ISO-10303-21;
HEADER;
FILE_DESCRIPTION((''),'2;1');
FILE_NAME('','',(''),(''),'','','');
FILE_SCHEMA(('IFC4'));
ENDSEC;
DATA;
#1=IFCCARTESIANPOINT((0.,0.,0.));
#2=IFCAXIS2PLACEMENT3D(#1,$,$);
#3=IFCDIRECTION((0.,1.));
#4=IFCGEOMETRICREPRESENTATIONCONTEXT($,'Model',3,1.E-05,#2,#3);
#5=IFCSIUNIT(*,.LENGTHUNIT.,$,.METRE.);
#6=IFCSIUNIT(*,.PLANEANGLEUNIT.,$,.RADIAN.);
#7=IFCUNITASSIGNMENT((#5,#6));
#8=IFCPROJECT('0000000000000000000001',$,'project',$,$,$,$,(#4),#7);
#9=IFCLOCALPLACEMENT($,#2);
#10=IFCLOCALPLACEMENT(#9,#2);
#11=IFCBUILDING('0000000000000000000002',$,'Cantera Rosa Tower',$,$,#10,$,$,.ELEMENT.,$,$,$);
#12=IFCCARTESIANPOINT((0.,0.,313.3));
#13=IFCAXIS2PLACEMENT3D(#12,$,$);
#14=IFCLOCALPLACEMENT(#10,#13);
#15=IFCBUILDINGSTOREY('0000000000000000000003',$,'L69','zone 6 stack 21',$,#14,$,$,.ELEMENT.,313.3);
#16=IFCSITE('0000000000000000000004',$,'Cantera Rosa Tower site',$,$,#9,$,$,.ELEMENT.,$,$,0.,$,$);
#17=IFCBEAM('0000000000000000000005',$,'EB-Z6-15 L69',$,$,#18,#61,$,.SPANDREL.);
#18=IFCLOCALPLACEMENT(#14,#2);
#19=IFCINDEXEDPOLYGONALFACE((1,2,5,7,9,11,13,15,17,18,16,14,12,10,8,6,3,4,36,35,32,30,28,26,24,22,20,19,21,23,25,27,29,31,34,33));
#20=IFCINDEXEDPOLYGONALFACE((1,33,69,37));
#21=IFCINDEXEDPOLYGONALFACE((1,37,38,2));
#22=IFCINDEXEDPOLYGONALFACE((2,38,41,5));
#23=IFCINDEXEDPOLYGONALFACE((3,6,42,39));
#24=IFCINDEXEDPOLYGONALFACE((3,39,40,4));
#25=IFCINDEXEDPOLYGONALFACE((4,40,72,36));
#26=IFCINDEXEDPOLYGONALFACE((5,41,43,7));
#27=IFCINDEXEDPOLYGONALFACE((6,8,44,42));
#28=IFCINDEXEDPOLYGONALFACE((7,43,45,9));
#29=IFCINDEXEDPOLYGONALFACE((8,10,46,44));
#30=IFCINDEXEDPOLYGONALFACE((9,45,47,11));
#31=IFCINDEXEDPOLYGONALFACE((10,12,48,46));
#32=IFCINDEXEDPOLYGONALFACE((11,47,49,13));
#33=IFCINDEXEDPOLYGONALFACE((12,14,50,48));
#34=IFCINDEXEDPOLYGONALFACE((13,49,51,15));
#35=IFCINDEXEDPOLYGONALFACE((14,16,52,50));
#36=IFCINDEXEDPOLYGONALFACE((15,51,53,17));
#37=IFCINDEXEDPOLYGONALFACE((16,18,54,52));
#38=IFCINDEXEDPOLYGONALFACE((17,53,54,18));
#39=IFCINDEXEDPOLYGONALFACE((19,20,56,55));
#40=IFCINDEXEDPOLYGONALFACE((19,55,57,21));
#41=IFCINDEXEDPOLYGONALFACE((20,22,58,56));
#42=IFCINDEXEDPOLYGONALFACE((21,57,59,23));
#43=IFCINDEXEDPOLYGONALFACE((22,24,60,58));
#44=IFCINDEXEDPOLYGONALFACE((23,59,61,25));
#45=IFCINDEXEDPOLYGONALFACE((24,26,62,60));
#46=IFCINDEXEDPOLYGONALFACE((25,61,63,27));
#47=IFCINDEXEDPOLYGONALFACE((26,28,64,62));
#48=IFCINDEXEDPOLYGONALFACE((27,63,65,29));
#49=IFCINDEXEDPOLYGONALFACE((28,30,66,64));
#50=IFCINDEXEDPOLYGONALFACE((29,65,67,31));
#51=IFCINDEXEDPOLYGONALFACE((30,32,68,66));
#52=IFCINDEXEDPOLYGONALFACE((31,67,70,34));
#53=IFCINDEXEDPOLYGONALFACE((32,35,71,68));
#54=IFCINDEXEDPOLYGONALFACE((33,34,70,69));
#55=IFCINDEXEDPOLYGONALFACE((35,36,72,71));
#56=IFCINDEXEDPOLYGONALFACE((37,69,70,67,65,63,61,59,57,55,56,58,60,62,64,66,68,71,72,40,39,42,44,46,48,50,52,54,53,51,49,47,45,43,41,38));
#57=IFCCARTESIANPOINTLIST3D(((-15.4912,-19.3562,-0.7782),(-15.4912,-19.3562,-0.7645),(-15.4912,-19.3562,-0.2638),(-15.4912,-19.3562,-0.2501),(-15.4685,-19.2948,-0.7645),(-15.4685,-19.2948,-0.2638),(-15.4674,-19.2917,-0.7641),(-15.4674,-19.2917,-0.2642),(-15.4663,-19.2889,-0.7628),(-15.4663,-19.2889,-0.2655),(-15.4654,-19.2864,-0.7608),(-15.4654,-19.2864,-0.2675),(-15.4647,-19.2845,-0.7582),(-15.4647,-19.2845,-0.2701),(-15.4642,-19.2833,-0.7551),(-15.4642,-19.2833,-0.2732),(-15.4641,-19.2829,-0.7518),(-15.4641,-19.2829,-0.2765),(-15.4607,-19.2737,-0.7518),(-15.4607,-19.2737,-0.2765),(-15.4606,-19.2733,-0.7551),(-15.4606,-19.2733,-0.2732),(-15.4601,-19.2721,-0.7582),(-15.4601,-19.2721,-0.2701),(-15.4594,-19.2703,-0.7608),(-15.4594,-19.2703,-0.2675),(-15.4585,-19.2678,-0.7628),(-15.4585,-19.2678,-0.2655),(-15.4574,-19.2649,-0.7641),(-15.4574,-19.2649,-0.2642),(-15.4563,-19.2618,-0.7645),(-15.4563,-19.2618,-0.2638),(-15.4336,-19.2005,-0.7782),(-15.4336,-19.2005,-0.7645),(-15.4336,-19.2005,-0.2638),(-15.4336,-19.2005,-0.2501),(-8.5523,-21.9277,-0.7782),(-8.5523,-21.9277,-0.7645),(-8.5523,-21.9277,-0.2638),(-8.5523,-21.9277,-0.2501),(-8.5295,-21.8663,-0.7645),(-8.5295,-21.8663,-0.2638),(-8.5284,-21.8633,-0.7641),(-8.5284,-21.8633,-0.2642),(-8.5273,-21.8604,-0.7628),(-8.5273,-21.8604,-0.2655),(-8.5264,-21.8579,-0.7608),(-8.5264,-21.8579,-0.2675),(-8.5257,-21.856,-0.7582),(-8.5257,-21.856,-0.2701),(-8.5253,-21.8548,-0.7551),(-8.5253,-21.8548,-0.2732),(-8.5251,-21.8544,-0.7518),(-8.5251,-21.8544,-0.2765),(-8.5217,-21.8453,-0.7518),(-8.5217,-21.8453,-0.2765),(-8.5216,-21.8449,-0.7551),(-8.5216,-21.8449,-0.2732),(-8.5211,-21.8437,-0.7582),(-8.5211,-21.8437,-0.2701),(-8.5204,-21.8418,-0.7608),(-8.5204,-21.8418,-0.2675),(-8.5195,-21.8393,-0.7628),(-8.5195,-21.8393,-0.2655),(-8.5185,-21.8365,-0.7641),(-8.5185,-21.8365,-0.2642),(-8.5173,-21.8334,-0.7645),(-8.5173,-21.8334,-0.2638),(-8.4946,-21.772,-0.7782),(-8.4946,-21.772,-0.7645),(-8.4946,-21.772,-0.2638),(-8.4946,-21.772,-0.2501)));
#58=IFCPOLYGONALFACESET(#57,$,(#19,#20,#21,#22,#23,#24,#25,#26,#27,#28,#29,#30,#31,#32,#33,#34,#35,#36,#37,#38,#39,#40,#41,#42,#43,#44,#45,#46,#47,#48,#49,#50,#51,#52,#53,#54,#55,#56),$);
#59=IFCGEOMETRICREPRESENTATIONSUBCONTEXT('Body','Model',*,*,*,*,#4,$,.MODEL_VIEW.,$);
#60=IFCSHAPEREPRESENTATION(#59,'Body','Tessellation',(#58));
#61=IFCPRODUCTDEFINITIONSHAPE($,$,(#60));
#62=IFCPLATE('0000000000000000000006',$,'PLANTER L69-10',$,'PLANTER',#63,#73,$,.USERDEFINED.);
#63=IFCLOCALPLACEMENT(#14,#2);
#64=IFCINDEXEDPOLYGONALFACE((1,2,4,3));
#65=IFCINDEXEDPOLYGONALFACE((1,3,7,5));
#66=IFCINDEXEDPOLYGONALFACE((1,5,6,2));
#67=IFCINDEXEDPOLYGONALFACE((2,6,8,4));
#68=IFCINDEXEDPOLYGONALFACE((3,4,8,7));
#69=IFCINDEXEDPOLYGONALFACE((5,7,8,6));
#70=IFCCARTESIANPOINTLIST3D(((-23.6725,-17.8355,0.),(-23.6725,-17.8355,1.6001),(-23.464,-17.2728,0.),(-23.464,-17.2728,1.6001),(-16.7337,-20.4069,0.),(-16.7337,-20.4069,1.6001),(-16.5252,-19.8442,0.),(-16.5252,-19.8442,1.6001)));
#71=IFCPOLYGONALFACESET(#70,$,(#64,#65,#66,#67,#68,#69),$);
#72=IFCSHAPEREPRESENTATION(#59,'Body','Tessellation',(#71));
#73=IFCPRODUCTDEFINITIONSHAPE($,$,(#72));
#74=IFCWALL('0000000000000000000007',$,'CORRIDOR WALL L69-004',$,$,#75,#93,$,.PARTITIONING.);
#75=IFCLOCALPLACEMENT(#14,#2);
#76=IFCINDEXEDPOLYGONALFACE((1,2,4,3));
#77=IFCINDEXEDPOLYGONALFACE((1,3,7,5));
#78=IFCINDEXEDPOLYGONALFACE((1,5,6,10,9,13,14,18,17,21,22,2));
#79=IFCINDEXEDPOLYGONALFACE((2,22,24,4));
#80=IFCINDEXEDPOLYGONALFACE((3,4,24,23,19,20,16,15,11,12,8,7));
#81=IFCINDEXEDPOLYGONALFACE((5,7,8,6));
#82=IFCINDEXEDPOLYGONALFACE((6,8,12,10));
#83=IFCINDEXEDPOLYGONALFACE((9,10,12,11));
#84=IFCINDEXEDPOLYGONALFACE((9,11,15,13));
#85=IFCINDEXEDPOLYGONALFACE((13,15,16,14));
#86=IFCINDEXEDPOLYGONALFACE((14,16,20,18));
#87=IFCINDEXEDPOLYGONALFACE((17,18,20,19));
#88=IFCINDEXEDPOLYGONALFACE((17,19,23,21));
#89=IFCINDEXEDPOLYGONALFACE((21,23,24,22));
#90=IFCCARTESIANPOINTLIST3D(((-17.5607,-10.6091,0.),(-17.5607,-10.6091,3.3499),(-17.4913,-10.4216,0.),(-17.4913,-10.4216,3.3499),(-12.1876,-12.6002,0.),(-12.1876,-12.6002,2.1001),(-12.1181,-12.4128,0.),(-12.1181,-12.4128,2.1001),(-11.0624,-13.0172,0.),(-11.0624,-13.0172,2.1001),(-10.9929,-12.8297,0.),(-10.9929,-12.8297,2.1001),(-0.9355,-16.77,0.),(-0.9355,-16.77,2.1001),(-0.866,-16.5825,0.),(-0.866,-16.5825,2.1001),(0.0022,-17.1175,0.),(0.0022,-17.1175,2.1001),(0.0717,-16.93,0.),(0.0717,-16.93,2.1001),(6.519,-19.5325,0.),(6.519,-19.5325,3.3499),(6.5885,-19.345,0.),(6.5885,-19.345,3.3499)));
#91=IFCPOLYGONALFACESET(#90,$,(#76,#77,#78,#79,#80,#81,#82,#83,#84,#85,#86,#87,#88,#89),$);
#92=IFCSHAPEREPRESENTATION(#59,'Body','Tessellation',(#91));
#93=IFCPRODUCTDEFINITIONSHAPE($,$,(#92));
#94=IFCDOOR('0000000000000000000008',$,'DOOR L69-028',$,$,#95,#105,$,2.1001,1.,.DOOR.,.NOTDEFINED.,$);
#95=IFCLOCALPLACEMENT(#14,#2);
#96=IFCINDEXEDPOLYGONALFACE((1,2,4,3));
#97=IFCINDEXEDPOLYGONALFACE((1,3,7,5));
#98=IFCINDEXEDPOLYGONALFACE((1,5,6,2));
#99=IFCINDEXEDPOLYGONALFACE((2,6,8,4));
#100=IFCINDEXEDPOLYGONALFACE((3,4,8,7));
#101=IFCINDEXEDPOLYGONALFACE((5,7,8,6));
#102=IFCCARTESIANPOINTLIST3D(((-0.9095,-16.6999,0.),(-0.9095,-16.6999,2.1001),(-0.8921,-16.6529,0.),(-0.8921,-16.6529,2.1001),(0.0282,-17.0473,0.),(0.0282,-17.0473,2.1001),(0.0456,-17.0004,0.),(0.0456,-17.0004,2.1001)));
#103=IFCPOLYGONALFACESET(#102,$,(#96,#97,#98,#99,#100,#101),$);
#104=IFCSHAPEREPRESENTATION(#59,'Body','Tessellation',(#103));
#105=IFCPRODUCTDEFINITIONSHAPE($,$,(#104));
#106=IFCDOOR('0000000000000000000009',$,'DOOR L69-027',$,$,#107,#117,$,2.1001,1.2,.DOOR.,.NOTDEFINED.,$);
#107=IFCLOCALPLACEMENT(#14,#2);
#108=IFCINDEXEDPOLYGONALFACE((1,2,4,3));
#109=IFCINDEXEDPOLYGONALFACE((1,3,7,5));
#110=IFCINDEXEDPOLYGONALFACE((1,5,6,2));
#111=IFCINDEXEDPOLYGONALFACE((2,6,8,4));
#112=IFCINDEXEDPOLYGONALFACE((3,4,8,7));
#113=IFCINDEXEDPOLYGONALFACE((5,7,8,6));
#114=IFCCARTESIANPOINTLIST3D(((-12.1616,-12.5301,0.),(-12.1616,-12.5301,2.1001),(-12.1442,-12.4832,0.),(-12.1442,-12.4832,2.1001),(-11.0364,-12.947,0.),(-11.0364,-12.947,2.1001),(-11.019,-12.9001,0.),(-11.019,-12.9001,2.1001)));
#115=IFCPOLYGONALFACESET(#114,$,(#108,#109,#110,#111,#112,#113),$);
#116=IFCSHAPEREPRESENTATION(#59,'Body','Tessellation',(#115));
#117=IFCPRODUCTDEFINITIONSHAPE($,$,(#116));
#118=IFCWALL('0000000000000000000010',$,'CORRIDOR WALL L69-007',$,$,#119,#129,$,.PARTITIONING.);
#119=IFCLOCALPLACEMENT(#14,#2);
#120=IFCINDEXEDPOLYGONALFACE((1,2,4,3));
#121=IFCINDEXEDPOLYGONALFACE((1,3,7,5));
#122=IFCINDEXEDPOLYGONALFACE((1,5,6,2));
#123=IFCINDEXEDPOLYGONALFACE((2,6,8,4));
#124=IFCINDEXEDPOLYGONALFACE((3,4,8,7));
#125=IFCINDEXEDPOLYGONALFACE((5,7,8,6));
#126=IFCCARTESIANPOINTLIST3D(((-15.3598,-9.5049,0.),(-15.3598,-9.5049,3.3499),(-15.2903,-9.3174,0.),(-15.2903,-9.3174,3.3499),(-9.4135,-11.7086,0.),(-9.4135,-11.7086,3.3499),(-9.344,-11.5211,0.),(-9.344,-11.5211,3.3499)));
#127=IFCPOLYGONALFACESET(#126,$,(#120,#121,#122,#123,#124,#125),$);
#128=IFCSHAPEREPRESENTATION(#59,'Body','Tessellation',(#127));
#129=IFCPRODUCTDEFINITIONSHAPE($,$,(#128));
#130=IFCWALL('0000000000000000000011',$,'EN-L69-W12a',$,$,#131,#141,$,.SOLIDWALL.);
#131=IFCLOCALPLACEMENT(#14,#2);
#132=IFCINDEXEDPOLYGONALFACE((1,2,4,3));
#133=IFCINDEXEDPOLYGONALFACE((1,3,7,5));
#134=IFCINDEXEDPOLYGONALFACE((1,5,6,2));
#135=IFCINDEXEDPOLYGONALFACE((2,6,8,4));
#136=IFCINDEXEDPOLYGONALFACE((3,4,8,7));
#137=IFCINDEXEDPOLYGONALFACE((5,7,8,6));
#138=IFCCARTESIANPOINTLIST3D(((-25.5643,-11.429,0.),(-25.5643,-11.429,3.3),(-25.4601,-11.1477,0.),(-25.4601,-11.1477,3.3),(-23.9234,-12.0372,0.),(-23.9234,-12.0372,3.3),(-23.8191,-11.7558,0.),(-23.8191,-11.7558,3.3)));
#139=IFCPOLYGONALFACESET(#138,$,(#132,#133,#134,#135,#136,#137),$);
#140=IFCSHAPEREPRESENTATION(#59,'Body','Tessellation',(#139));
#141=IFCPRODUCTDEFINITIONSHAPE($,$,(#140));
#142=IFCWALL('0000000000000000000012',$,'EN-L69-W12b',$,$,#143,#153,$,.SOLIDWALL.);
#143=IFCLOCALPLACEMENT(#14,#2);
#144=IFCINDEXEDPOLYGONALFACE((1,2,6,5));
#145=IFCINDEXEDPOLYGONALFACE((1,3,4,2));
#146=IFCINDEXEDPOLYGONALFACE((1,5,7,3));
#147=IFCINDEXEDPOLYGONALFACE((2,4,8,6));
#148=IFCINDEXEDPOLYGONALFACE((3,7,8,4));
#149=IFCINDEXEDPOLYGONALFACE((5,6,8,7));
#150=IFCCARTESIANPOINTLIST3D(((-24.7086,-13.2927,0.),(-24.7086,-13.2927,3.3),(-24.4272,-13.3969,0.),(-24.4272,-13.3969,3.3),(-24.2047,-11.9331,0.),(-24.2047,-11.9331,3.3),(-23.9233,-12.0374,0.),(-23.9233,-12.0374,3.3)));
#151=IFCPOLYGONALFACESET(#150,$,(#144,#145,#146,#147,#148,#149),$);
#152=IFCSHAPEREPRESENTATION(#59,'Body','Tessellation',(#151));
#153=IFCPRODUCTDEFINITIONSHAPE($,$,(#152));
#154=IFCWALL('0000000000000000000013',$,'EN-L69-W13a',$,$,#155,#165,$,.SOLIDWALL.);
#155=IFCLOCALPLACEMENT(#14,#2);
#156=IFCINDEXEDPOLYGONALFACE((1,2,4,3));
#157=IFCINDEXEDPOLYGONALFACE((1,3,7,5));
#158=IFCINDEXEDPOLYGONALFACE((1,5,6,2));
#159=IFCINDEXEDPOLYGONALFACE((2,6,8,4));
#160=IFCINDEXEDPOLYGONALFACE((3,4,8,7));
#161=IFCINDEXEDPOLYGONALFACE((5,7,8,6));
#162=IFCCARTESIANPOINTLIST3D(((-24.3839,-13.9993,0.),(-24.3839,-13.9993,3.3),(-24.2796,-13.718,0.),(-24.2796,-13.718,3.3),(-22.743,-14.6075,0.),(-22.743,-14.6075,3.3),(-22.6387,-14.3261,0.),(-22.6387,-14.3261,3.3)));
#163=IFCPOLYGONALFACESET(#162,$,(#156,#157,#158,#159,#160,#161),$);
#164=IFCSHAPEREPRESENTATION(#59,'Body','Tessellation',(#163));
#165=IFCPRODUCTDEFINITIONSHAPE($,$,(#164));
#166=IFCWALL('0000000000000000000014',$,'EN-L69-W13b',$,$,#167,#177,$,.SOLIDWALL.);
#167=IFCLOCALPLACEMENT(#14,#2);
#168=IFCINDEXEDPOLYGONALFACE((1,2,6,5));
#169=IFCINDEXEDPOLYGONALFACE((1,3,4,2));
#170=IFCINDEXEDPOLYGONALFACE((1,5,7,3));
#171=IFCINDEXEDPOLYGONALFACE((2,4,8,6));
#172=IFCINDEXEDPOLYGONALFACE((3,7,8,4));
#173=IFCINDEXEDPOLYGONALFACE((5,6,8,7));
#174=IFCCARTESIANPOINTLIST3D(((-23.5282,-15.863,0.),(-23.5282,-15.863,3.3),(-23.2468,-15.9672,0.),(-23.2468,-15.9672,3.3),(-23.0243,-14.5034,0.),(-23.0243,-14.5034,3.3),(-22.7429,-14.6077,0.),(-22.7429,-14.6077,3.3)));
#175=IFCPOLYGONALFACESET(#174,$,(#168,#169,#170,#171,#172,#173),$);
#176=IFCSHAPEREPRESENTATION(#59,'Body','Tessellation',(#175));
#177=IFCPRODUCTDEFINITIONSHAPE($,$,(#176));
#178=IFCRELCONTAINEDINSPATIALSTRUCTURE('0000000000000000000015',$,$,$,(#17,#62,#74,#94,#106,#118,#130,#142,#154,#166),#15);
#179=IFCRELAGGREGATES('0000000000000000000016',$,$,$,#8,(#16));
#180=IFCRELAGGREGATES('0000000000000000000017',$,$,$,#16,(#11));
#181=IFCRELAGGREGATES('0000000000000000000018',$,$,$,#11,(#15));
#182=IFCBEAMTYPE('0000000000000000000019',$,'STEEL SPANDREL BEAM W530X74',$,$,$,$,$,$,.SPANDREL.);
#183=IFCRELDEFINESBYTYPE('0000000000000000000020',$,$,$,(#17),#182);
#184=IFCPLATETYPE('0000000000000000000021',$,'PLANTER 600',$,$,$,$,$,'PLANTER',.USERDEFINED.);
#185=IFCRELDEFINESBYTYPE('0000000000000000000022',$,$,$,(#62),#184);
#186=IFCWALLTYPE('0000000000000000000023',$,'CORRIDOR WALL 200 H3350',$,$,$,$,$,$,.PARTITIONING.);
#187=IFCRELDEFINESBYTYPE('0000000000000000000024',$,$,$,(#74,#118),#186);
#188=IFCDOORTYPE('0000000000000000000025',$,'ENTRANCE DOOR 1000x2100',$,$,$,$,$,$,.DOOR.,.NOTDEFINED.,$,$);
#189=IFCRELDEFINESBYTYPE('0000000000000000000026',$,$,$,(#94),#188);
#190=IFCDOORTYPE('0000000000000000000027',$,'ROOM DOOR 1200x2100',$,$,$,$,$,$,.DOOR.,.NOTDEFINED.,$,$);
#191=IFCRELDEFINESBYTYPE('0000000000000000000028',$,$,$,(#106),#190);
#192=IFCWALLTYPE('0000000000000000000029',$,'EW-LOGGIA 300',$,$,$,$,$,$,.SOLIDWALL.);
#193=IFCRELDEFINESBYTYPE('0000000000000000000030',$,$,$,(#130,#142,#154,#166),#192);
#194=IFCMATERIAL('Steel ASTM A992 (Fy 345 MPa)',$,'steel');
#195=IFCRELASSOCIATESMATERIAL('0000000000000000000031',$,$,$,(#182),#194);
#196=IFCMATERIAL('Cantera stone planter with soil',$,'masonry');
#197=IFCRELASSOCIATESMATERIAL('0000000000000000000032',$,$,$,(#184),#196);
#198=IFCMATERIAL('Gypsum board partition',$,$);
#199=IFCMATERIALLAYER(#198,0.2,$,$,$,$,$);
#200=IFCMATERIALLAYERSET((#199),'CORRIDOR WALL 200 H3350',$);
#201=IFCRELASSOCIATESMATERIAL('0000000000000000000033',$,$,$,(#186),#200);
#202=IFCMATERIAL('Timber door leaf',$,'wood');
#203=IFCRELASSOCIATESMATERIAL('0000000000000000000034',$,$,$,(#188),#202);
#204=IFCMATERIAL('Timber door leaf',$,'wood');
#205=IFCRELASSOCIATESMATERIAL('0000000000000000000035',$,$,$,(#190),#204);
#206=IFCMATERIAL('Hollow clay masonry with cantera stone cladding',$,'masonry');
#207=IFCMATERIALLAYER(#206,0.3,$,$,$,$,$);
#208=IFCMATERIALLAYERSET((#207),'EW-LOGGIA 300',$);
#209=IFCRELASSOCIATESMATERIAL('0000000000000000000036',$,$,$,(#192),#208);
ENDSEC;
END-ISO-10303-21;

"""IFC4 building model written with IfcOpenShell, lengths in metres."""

from ifc_helpers import new_model, si_unit, direction, frame, frame_2d, origin, origin_2d, place, context, subcontext, project, spatial, rectangle, i_section, extrude, material, layer, layer_set, material_profile, profile_set, type_object, element, fill, save


model = new_model("IFC4")

# Units and contexts
model_context = context("Model", 3, precision=1e-05, world=origin(), true_north=direction((0.0, 1.0)))
body_context = subcontext(model_context, "Body", "Model", "MODEL_VIEW")
ifc_project = project(units=[si_unit("LENGTHUNIT", "METRE"), si_unit("PLANEANGLEUNIT", "RADIAN")], contexts=[model_context])

# Site, building, storey
site_placement = place(None, origin())
site = spatial("IfcSite", under=ifc_project, at=site_placement, Name="Cantera Rosa Tower site", CompositionType="ELEMENT", RefElevation=0.0)
building_placement = place(site_placement, origin())
building = spatial("IfcBuilding", under=site, at=building_placement, Name="Cantera Rosa Tower", CompositionType="ELEMENT")
storey_placement = place(building_placement, frame((0.0, 0.0, 313.3)))
storey = spatial("IfcBuildingStorey", under=building, at=storey_placement, Name="L69", Description="zone 6 stack 21", CompositionType="ELEMENT", Elevation=313.3)

# Beam
ifc_material_1 = material(Name="Steel ASTM A992 (Fy 345 MPa)", Category="steel")
ifc_material_profile_1 = material_profile(ifc_material_1, i_section(OverallWidth=0.166, OverallDepth=0.5281, WebThickness=0.0098, FlangeThickness=0.0137, FilletRadius=0.0127, at=origin_2d()), Name="W530X74")
ifc_profile_set_1 = profile_set([ifc_material_profile_1], Name="Steel ASTM A992 (Fy 345 MPa)")
beam_type_1 = type_object("IfcBeamType", Name="STEEL SPANDREL BEAM W530X74", PredefinedType="SPANDREL", material=ifc_profile_set_1)
beam_1_placement = place(storey_placement, frame((-15.4624, -19.2783, -0.5142), z_axis=(0.937681, -0.347498, 0.0), x_axis=(0.347498, 0.937681, 0.0)))
element("IfcBeam", 1, at=beam_1_placement, inside=storey, type_object=beam_type_1, Name="EB-Z6-15 L69", PredefinedType="SPANDREL", context=body_context, shape_type="SweptSolid", body=[
    extrude(i_section(OverallWidth=0.166, OverallDepth=0.5281, WebThickness=0.0098, FlangeThickness=0.0137, FilletRadius=0.0127, at=origin_2d()), origin(), (0.0, 0.0, 1.0), 7.4001),
])

# Plate
ifc_material_2 = material(Name="Cantera stone planter with soil", Category="masonry")
plate_type = type_object("IfcPlateType", Name="PLANTER 600", ElementType="PLANTER", PredefinedType="USERDEFINED", material=ifc_material_2)
plate_placement = place(storey_placement, frame((-20.0989, -18.8398, 0.0), z_axis=(0.0, 0.0, 1.0), x_axis=(0.937687, -0.347481, 0.0)))
element("IfcPlate", 2, at=plate_placement, inside=storey, type_object=plate_type, Name="PLANTER L69-10", ObjectType="PLANTER", PredefinedType="USERDEFINED", context=body_context, shape_type="SweptSolid", body=[
    extrude(rectangle(XDim=7.3999, YDim=0.6001, at=origin_2d()), origin(), (0.0, 0.0, 1.0), 1.6001),
])

# Wall, openings, doors
ifc_material_3 = material(Name="Gypsum board partition")
ifc_layer_1 = layer(ifc_material_3, 0.2)
ifc_layer_set_1 = layer_set([ifc_layer_1], Name="CORRIDOR WALL 200 H3350")
wall_type_1 = type_object("IfcWallType", Name="CORRIDOR WALL 200 H3350", PredefinedType="PARTITIONING", material=ifc_layer_set_1)
wall_1_placement = place(storey_placement, frame((-17.5259, -10.5154, 0.0), z_axis=(0.0, 0.0, 1.0), x_axis=(0.937686, -0.347485, 0.0)))
wall_1 = element("IfcWall", 3, at=wall_1_placement, inside=storey, type_object=wall_type_1, Name="CORRIDOR WALL L69-004", PredefinedType="PARTITIONING", context=body_context, shape_type="SweptSolid", body=[
    extrude(rectangle(XDim=25.6799, YDim=0.2, at=frame_2d((12.8398, 0.0))), origin(), (0.0, 0.0, 1.0), 3.3499),
])
opening_1_placement = place(wall_1_placement, frame((5.73, 0.0, 0.0)))
opening_1 = element("IfcOpeningElement", 4, at=opening_1_placement, cuts=wall_1, PredefinedType="OPENING", context=body_context, shape_type="SweptSolid", body=[
    extrude(rectangle(XDim=1.2, YDim=2.1001, at=frame_2d((0.6001, 1.05))), frame((0.0, 0.1099, 0.0), z_axis=(0.0, -1.0, 0.0), x_axis=(1.0, 0.0, 0.0)), (0.0, 0.0, 1.0), 0.22),
])
opening_2_placement = place(wall_1_placement, frame((17.73, 0.0, 0.0)))
opening_2 = element("IfcOpeningElement", 5, at=opening_2_placement, cuts=wall_1, PredefinedType="OPENING", context=body_context, shape_type="SweptSolid", body=[
    extrude(rectangle(XDim=1.0, YDim=2.1001, at=frame_2d((0.5, 1.05))), frame((0.0, 0.1099, 0.0), z_axis=(0.0, -1.0, 0.0), x_axis=(1.0, 0.0, 0.0)), (0.0, 0.0, 1.0), 0.22),
])
ifc_material_4 = material(Name="Timber door leaf", Category="wood")
door_type_1 = type_object("IfcDoorType", Name="ENTRANCE DOOR 1000x2100", OperationType="NOTDEFINED", PredefinedType="DOOR", material=ifc_material_4)
door_1_placement = place(opening_2_placement, origin())
door_1 = element("IfcDoor", 6, at=door_1_placement, inside=storey, type_object=door_type_1, Name="DOOR L69-028", OperationType="NOTDEFINED", OverallHeight=2.1001, OverallWidth=1.0, PredefinedType="DOOR", context=body_context, shape_type="SweptSolid", body=[
    extrude(rectangle(XDim=1.0, YDim=2.1001, at=frame_2d((0.5, 1.05))), frame((0.0, 0.0249, 0.0), z_axis=(0.0, -1.0, 0.0), x_axis=(1.0, 0.0, 0.0)), (0.0, 0.0, 1.0), 0.05),
])
fill(opening_2, door_1)
ifc_material_5 = material(Name="Timber door leaf", Category="wood")
door_type_2 = type_object("IfcDoorType", Name="ROOM DOOR 1200x2100", OperationType="NOTDEFINED", PredefinedType="DOOR", material=ifc_material_5)
door_2_placement = place(opening_1_placement, origin())
door_2 = element("IfcDoor", 7, at=door_2_placement, inside=storey, type_object=door_type_2, Name="DOOR L69-027", OperationType="NOTDEFINED", OverallHeight=2.1001, OverallWidth=1.2, PredefinedType="DOOR", context=body_context, shape_type="SweptSolid", body=[
    extrude(rectangle(XDim=1.2, YDim=2.1001, at=frame_2d((0.6001, 1.05))), frame((0.0, 0.0249, 0.0), z_axis=(0.0, -1.0, 0.0), x_axis=(1.0, 0.0, 0.0)), (0.0, 0.0, 1.0), 0.05),
])
fill(opening_1, door_2)

# Walls
wall_2_placement = place(storey_placement, frame((-15.3252, -9.4111, 0.0), z_axis=(0.0, 0.0, 1.0), x_axis=(0.937683, -0.347492, 0.0)))
element("IfcWall", 8, at=wall_2_placement, inside=storey, type_object=wall_type_1, Name="CORRIDOR WALL L69-007", PredefinedType="PARTITIONING", context=body_context, shape_type="SweptSolid", body=[
    extrude(rectangle(XDim=6.3416, YDim=0.2, at=frame_2d((3.1709, 0.0))), origin(), (0.0, 0.0, 1.0), 3.3499),
])
ifc_material_6 = material(Name="Hollow clay masonry with cantera stone cladding", Category="masonry")
ifc_layer_2 = layer(ifc_material_6, 0.3)
ifc_layer_set_2 = layer_set([ifc_layer_2], Name="EW-LOGGIA 300")
wall_type_2 = type_object("IfcWallType", Name="EW-LOGGIA 300", PredefinedType="SOLIDWALL", material=ifc_layer_set_2)
wall_3_placement = place(storey_placement, frame((-25.5122, -11.2883, 0.0), z_axis=(0.0, 0.0, 1.0), x_axis=(0.93767, -0.347528, 0.0)))
element("IfcWall", 9, at=wall_3_placement, inside=storey, type_object=wall_type_2, Name="EN-L69-W12a", PredefinedType="SOLIDWALL", context=body_context, shape_type="SweptSolid", body=[
    extrude(rectangle(XDim=1.75, YDim=0.3, at=frame_2d((0.875, 0.0))), origin(), (0.0, 0.0, 1.0), 3.3),
])
wall_4_placement = place(storey_placement, frame((-24.064, -11.9851, 0.0), z_axis=(0.0, 0.0, 1.0), x_axis=(-0.347523, -0.937672, 0.0)))
element("IfcWall", 10, at=wall_4_placement, inside=storey, type_object=wall_type_2, Name="EN-L69-W12b", PredefinedType="SOLIDWALL", context=body_context, shape_type="SweptSolid", body=[
    extrude(rectangle(XDim=1.45, YDim=0.3, at=frame_2d((0.7251, 0.0))), origin(), (0.0, 0.0, 1.0), 3.3),
])
wall_5_placement = place(storey_placement, frame((-24.3318, -13.8586, 0.0), z_axis=(0.0, 0.0, 1.0), x_axis=(0.93767, -0.347528, 0.0)))
element("IfcWall", 11, at=wall_5_placement, inside=storey, type_object=wall_type_2, Name="EN-L69-W13a", PredefinedType="SOLIDWALL", context=body_context, shape_type="SweptSolid", body=[
    extrude(rectangle(XDim=1.75, YDim=0.3, at=frame_2d((0.875, 0.0))), origin(), (0.0, 0.0, 1.0), 3.3),
])
wall_6_placement = place(storey_placement, frame((-22.8835, -14.5554, 0.0), z_axis=(0.0, 0.0, 1.0), x_axis=(-0.347523, -0.937672, 0.0)))
element("IfcWall", 12, at=wall_6_placement, inside=storey, type_object=wall_type_2, Name="EN-L69-W13b", PredefinedType="SOLIDWALL", context=body_context, shape_type="SweptSolid", body=[
    extrude(rectangle(XDim=1.45, YDim=0.3, at=frame_2d((0.7251, 0.0))), origin(), (0.0, 0.0, 1.0), 3.3),
])

save(model, "model.ifc")
